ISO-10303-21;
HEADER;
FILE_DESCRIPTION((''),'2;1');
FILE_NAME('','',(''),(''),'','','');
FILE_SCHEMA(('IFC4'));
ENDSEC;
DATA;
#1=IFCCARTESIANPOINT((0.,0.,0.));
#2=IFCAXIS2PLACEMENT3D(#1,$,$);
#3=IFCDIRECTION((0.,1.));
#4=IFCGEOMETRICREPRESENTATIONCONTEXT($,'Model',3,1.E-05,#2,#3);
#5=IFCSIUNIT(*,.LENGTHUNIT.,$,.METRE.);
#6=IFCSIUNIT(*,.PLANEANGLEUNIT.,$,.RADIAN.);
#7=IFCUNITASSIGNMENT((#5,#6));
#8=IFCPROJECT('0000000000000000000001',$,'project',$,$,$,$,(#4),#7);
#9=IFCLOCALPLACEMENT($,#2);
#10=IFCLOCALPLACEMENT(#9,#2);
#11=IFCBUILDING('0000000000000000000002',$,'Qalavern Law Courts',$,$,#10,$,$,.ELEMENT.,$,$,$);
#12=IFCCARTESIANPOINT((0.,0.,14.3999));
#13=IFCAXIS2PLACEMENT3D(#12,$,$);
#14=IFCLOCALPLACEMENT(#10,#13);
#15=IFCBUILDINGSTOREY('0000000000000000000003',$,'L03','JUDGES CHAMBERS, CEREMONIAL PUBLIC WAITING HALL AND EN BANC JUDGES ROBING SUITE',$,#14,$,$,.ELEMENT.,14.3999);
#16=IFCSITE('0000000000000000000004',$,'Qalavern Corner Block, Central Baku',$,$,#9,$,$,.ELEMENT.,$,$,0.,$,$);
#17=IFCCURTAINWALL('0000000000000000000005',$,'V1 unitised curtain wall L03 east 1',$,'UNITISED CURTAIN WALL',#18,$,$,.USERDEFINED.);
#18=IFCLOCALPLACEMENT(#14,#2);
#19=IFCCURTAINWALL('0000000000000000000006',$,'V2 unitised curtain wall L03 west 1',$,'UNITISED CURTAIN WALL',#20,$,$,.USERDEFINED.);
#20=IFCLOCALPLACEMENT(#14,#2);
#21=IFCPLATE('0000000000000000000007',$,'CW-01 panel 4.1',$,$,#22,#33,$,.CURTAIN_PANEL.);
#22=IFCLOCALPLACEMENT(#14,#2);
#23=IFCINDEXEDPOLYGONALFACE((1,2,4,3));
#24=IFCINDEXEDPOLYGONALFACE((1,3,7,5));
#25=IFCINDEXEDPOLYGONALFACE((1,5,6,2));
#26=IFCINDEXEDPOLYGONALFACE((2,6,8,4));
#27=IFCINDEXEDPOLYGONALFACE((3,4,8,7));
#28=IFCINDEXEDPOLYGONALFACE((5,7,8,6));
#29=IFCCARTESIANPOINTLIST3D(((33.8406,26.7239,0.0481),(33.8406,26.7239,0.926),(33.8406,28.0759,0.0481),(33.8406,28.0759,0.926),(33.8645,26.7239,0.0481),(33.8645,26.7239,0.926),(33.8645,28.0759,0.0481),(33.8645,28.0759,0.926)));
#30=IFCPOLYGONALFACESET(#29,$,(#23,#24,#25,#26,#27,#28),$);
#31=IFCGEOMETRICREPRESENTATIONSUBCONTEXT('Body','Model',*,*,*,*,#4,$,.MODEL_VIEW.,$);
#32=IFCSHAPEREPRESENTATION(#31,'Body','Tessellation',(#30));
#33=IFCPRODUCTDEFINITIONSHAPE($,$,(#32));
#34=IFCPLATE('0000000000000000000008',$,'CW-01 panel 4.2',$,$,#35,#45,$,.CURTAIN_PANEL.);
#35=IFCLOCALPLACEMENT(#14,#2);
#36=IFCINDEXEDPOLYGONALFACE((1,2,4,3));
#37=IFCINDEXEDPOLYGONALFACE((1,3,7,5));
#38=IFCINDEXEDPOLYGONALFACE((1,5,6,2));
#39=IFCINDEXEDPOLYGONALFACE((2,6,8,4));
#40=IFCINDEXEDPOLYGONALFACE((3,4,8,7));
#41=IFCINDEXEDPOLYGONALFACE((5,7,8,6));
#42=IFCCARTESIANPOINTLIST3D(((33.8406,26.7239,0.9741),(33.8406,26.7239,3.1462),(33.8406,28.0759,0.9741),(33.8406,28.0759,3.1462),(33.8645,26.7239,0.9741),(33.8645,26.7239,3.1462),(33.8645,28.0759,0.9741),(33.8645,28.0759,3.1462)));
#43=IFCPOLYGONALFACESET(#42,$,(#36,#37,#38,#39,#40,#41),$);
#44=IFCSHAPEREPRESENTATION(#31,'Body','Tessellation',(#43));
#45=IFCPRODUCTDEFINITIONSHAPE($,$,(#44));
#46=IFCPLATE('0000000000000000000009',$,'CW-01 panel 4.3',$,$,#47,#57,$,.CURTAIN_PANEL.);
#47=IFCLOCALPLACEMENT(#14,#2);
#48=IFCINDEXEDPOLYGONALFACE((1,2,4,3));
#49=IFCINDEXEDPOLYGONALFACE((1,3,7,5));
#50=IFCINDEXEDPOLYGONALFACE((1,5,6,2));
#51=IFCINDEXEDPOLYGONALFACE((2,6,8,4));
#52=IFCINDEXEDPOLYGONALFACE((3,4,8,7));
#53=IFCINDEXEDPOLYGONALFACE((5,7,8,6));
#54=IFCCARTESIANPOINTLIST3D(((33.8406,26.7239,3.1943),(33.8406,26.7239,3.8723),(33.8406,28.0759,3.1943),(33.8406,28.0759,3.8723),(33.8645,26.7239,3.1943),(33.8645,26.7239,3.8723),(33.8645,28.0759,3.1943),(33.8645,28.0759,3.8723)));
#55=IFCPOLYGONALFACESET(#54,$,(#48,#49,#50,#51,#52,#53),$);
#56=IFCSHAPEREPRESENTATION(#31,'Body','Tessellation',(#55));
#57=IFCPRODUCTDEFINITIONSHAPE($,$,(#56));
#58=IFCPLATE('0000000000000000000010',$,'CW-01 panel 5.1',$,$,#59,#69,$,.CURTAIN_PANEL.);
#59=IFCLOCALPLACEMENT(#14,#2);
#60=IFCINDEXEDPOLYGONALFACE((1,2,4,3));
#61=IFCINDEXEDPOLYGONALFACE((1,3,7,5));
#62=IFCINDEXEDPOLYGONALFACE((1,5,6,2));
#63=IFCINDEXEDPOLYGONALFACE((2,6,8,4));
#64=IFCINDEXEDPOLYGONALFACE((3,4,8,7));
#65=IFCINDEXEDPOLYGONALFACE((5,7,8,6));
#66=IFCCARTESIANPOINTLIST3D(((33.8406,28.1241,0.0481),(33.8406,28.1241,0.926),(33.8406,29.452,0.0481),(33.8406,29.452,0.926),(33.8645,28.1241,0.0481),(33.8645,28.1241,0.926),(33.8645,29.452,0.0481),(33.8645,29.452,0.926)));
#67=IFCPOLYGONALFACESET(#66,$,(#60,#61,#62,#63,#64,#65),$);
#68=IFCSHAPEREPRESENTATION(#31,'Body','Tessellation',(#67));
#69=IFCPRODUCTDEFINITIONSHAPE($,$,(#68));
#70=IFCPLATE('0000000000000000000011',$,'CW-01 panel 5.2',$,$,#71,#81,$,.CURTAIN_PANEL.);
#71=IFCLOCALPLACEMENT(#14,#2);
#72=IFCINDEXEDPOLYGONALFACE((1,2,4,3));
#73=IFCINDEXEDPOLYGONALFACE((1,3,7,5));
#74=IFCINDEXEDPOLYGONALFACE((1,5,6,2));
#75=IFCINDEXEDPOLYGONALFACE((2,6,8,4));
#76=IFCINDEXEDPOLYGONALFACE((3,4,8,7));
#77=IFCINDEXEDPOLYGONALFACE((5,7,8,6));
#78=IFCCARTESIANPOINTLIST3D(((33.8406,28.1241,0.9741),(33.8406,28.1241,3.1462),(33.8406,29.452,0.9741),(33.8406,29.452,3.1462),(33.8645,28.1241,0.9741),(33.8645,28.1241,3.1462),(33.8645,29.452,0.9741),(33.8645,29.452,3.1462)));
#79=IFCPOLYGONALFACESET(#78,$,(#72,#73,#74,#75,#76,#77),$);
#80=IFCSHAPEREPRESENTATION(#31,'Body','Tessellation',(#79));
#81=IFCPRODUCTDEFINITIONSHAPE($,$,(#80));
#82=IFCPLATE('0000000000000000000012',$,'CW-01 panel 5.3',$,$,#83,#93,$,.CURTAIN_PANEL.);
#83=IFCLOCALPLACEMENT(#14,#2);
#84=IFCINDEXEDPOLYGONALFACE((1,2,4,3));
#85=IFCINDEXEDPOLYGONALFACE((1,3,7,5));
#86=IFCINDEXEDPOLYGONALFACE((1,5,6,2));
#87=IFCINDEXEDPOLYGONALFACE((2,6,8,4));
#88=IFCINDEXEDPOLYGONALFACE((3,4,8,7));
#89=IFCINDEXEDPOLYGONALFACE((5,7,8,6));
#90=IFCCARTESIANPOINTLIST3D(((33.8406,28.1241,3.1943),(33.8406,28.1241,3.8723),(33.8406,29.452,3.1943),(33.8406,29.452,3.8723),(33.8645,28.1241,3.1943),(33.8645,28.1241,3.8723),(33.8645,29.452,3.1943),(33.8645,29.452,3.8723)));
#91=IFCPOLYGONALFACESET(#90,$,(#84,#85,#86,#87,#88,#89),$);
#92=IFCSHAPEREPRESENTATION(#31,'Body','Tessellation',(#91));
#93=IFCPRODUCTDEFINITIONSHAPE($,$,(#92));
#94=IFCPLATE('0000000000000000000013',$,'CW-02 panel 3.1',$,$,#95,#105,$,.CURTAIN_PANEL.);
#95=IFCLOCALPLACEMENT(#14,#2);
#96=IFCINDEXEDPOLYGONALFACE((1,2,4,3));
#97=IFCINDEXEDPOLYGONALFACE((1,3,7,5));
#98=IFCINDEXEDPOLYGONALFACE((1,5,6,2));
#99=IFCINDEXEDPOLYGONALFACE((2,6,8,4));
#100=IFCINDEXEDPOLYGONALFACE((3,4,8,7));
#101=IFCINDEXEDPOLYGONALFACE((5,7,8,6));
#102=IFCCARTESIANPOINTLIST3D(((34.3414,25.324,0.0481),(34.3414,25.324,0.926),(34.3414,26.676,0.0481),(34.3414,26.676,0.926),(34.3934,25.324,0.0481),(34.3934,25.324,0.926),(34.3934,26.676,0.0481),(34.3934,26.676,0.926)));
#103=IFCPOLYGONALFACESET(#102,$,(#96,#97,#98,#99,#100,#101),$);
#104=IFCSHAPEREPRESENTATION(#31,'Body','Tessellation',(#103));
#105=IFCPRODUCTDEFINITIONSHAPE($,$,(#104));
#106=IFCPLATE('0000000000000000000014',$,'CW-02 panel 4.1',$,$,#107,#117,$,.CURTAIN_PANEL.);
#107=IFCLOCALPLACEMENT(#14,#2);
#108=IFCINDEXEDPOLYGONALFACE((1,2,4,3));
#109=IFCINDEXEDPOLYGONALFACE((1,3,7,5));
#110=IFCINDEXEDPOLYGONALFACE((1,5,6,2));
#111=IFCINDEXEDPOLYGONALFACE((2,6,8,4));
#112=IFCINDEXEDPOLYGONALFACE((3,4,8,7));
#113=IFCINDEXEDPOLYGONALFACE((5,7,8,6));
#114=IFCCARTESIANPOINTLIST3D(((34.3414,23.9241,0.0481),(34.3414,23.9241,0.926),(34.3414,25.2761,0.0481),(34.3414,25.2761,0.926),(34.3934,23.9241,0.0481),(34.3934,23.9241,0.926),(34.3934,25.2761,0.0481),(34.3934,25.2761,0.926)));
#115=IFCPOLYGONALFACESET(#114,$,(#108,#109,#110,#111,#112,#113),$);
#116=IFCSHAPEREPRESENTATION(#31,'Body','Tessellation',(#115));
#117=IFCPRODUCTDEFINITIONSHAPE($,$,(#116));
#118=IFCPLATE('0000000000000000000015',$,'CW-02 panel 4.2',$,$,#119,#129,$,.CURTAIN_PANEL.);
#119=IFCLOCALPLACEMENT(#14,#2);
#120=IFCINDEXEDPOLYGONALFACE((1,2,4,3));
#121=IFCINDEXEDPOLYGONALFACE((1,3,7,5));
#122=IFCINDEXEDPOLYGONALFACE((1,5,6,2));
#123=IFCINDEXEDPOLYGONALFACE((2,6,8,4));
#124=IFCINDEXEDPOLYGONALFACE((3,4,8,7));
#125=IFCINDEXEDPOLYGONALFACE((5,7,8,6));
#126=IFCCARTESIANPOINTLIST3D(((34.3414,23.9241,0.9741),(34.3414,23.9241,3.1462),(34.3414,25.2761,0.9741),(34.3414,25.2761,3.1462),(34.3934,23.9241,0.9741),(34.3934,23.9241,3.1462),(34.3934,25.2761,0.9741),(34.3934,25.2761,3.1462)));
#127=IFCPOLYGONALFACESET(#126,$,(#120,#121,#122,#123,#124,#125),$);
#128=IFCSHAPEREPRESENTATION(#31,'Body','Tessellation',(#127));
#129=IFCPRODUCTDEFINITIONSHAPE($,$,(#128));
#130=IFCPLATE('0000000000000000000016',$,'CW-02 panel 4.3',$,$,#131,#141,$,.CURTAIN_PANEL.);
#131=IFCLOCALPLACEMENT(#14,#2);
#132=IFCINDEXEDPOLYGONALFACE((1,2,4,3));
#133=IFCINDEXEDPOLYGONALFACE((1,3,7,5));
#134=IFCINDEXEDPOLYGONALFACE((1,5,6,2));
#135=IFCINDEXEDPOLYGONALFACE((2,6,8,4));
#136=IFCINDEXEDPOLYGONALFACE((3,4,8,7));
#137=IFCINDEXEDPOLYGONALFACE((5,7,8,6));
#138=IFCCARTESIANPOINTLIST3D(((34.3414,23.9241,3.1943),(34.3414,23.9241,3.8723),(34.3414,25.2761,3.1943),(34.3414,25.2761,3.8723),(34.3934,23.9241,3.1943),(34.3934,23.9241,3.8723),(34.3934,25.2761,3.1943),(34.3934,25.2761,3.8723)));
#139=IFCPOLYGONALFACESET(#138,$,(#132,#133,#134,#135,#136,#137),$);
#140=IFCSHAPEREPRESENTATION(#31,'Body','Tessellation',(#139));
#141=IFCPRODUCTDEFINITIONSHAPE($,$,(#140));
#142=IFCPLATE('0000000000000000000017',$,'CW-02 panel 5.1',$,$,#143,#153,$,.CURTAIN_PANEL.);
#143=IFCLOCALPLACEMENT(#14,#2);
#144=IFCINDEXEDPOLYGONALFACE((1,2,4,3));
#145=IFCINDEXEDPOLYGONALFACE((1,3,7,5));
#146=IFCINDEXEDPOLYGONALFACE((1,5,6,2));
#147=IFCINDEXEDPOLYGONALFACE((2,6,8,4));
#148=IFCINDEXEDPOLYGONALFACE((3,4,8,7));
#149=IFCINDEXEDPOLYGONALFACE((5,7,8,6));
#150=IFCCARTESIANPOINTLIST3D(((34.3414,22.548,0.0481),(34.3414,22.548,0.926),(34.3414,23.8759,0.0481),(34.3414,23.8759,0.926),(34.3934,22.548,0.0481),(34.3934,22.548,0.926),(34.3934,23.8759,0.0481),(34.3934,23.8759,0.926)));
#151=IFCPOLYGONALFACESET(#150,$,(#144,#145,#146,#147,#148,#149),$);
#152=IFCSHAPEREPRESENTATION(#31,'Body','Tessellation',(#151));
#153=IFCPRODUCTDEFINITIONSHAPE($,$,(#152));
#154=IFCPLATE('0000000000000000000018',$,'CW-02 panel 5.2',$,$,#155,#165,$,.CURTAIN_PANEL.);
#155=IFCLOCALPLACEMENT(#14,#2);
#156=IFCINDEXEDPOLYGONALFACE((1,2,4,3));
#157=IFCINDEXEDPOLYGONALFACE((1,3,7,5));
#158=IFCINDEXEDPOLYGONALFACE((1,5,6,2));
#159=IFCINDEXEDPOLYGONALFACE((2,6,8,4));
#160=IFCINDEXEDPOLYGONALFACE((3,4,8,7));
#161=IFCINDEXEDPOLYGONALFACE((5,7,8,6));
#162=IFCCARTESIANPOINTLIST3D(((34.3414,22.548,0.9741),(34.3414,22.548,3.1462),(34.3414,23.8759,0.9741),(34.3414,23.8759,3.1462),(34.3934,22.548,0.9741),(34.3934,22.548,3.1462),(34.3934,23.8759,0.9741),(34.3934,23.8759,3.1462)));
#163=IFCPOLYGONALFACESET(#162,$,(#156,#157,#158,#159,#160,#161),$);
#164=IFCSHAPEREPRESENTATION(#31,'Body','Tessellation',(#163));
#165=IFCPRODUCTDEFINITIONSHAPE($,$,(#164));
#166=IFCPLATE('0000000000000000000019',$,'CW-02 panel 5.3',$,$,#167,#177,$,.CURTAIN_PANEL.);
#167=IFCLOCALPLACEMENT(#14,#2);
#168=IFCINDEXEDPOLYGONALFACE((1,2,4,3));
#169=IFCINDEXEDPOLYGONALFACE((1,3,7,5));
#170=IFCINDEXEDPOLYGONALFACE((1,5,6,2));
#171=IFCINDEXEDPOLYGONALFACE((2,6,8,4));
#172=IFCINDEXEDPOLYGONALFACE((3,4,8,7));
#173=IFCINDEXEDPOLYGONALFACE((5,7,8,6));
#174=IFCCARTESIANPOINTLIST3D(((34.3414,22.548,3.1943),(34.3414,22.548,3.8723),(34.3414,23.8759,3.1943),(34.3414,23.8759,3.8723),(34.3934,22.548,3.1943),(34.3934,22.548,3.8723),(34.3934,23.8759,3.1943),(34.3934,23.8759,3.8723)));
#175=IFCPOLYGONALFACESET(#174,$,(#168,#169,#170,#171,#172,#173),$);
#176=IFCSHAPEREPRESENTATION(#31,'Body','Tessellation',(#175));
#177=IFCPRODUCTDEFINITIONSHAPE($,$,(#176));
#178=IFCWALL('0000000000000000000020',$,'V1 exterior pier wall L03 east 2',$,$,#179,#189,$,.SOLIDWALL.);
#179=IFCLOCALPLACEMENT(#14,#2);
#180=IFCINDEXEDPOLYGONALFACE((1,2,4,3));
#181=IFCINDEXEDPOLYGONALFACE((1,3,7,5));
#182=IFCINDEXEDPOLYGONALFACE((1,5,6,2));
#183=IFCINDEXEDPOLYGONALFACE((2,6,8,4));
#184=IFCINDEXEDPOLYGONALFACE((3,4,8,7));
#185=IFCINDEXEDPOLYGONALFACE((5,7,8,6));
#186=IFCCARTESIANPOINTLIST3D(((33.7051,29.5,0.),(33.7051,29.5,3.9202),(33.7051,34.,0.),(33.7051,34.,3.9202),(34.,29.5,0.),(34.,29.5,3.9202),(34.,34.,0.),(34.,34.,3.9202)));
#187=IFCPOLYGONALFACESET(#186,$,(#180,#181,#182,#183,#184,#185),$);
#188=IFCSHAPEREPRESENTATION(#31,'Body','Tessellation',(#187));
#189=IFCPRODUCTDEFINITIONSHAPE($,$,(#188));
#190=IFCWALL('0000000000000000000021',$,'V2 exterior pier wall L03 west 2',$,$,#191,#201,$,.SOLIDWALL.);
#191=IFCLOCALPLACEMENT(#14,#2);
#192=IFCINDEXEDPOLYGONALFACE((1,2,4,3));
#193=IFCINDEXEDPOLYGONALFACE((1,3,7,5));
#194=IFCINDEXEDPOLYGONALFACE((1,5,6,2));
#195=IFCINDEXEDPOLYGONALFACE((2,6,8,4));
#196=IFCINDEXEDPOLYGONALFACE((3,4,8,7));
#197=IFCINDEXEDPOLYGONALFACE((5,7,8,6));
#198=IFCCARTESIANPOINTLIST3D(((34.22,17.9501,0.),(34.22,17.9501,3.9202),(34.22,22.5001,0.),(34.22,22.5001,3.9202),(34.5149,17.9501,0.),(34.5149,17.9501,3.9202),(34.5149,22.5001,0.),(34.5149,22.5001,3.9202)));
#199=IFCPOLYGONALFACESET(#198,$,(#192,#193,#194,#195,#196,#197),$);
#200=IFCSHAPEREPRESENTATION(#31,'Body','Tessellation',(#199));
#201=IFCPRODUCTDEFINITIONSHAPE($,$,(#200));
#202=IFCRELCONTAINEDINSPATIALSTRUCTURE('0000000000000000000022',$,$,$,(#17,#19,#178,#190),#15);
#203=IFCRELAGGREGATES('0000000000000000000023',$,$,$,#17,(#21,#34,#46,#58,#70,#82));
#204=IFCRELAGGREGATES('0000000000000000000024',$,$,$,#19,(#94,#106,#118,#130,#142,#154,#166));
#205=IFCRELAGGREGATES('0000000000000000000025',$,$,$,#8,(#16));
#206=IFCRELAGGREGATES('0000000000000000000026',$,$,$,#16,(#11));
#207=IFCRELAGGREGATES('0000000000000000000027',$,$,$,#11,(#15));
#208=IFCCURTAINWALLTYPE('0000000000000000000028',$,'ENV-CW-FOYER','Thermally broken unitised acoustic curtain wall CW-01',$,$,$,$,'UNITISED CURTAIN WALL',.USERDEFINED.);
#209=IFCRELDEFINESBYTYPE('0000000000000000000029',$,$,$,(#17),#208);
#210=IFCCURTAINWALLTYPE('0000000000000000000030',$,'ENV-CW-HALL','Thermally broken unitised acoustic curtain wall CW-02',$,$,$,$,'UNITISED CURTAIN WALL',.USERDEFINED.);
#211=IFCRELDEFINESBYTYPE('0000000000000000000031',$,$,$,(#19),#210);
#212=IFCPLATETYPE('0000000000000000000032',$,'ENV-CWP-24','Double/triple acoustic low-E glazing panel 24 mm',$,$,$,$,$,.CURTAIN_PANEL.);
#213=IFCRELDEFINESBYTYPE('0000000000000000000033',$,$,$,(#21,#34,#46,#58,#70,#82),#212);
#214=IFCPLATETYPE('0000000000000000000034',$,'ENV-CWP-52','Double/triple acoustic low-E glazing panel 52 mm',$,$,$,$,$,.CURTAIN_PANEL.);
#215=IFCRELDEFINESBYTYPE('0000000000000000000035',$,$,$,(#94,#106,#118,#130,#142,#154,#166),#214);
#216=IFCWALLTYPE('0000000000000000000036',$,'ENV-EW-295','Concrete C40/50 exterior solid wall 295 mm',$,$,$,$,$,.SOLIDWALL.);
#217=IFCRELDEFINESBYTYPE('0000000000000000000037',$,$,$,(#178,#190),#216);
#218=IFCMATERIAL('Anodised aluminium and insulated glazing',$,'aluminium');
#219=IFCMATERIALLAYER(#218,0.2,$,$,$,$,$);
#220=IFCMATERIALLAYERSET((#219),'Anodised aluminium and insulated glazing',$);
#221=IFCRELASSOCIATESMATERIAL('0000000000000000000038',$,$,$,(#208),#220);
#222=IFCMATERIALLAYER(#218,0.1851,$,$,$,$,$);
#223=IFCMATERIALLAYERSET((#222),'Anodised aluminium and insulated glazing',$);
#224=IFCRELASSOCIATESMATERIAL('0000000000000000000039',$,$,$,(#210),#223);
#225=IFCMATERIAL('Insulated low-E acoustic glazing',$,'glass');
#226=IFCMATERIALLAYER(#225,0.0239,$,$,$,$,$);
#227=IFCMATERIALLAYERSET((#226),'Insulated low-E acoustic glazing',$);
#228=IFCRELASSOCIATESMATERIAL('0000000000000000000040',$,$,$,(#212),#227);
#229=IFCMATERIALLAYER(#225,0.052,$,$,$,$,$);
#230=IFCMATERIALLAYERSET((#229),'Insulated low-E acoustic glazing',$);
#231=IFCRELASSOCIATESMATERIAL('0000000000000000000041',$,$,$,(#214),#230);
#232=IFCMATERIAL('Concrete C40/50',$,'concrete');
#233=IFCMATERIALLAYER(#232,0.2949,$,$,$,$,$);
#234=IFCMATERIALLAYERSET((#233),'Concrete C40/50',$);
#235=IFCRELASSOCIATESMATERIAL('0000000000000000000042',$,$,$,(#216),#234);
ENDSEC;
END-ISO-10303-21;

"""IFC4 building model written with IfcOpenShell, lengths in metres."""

from ifc_helpers import new_model, si_unit, direction, frame, frame_2d, origin, origin_2d, place, context, subcontext, project, spatial, rectangle, extrude, material, layer, layer_set, type_object, element, aggregate, save


model = new_model("IFC4")

# Units and contexts
model_context = context("Model", 3, precision=1e-05, world=origin(), true_north=direction((0.0, 1.0)))
body_context = subcontext(model_context, "Body", "Model", "MODEL_VIEW")
ifc_project = project(units=[si_unit("LENGTHUNIT", "METRE"), si_unit("PLANEANGLEUNIT", "RADIAN")], contexts=[model_context])

# Site, building, storey
site_placement = place(None, origin())
site = spatial("IfcSite", under=ifc_project, at=site_placement, Name="Qalavern Corner Block, Central Baku", CompositionType="ELEMENT", RefElevation=0.0)
building_placement = place(site_placement, origin())
building = spatial("IfcBuilding", under=site, at=building_placement, Name="Qalavern Law Courts", CompositionType="ELEMENT")
storey_placement = place(building_placement, frame((0.0, 0.0, 14.3999)))
storey = spatial("IfcBuildingStorey", under=building, at=storey_placement, Name="L03", Description="JUDGES CHAMBERS, CEREMONIAL PUBLIC WAITING HALL AND EN BANC JUDGES ROBING SUITE", CompositionType="ELEMENT", Elevation=14.3999)

# Curtain walls
ifc_material_1 = material(Name="Anodised aluminium and insulated glazing", Category="aluminium")
ifc_layer_1 = layer(ifc_material_1, 0.2)
ifc_layer_set_1 = layer_set([ifc_layer_1], Name="Anodised aluminium and insulated glazing")
curtain_wall_type_1 = type_object("IfcCurtainWallType", Name="ENV-CW-FOYER", Description="Thermally broken unitised acoustic curtain wall CW-01", ElementType="UNITISED CURTAIN WALL", PredefinedType="USERDEFINED", material=ifc_layer_set_1)
curtain_wall_1_placement = place(storey_placement, origin())
curtain_wall_1 = element("IfcCurtainWall", 1, at=curtain_wall_1_placement, inside=storey, type_object=curtain_wall_type_1, Name="V1 unitised curtain wall L03 east 1", ObjectType="UNITISED CURTAIN WALL", PredefinedType="USERDEFINED")
ifc_layer_2 = layer(ifc_material_1, 0.1851)
ifc_layer_set_2 = layer_set([ifc_layer_2], Name="Anodised aluminium and insulated glazing")
curtain_wall_type_2 = type_object("IfcCurtainWallType", Name="ENV-CW-HALL", Description="Thermally broken unitised acoustic curtain wall CW-02", ElementType="UNITISED CURTAIN WALL", PredefinedType="USERDEFINED", material=ifc_layer_set_2)
curtain_wall_2_placement = place(storey_placement, origin())
curtain_wall_2 = element("IfcCurtainWall", 2, at=curtain_wall_2_placement, inside=storey, type_object=curtain_wall_type_2, Name="V2 unitised curtain wall L03 west 1", ObjectType="UNITISED CURTAIN WALL", PredefinedType="USERDEFINED")

# Plates
ifc_material_2 = material(Name="Insulated low-E acoustic glazing", Category="glass")
ifc_layer_3 = layer(ifc_material_2, 0.0239)
ifc_layer_set_3 = layer_set([ifc_layer_3], Name="Insulated low-E acoustic glazing")
plate_type_1 = type_object("IfcPlateType", Name="ENV-CWP-24", Description="Double/triple acoustic low-E glazing panel 24 mm", PredefinedType="CURTAIN_PANEL", material=ifc_layer_set_3)
plate_1_placement = place(storey_placement, frame((33.8525, 27.3999, 0.0481), z_axis=(0.0, 0.0, 1.0), x_axis=(0.0, 1.0, 0.0)))
plate_1 = element("IfcPlate", 3, at=plate_1_placement, type_object=plate_type_1, Name="CW-01 panel 4.1", PredefinedType="CURTAIN_PANEL", context=body_context, shape_type="SweptSolid", body=[
    extrude(rectangle(XDim=1.3521, YDim=0.0239, at=origin_2d()), origin(), (0.0, 0.0, 1.0), 0.8779),
])
plate_2_placement = place(storey_placement, frame((33.8525, 27.3999, 0.9741), z_axis=(0.0, 0.0, 1.0), x_axis=(0.0, 1.0, 0.0)))
plate_2 = element("IfcPlate", 4, at=plate_2_placement, type_object=plate_type_1, Name="CW-01 panel 4.2", PredefinedType="CURTAIN_PANEL", context=body_context, shape_type="SweptSolid", body=[
    extrude(rectangle(XDim=1.3521, YDim=0.0239, at=origin_2d()), origin(), (0.0, 0.0, 1.0), 2.1721),
])
plate_3_placement = place(storey_placement, frame((33.8525, 27.3999, 3.1943), z_axis=(0.0, 0.0, 1.0), x_axis=(0.0, 1.0, 0.0)))
plate_3 = element("IfcPlate", 5, at=plate_3_placement, type_object=plate_type_1, Name="CW-01 panel 4.3", PredefinedType="CURTAIN_PANEL", context=body_context, shape_type="SweptSolid", body=[
    extrude(rectangle(XDim=1.3521, YDim=0.0239, at=origin_2d()), origin(), (0.0, 0.0, 1.0), 0.678),
])
plate_4_placement = place(storey_placement, frame((33.8525, 28.7881, 0.0481), z_axis=(0.0, 0.0, 1.0), x_axis=(0.0, 1.0, 0.0)))
plate_4 = element("IfcPlate", 6, at=plate_4_placement, type_object=plate_type_1, Name="CW-01 panel 5.1", PredefinedType="CURTAIN_PANEL", context=body_context, shape_type="SweptSolid", body=[
    extrude(rectangle(XDim=1.3279, YDim=0.0239, at=origin_2d()), origin(), (0.0, 0.0, 1.0), 0.8779),
])
plate_5_placement = place(storey_placement, frame((33.8525, 28.7881, 0.9741), z_axis=(0.0, 0.0, 1.0), x_axis=(0.0, 1.0, 0.0)))
plate_5 = element("IfcPlate", 7, at=plate_5_placement, type_object=plate_type_1, Name="CW-01 panel 5.2", PredefinedType="CURTAIN_PANEL", context=body_context, shape_type="SweptSolid", body=[
    extrude(rectangle(XDim=1.3279, YDim=0.0239, at=origin_2d()), origin(), (0.0, 0.0, 1.0), 2.1721),
])
plate_6_placement = place(storey_placement, frame((33.8525, 28.7881, 3.1943), z_axis=(0.0, 0.0, 1.0), x_axis=(0.0, 1.0, 0.0)))
plate_6 = element("IfcPlate", 8, at=plate_6_placement, type_object=plate_type_1, Name="CW-01 panel 5.3", PredefinedType="CURTAIN_PANEL", context=body_context, shape_type="SweptSolid", body=[
    extrude(rectangle(XDim=1.3279, YDim=0.0239, at=origin_2d()), origin(), (0.0, 0.0, 1.0), 0.678),
])
aggregate(curtain_wall_1, [plate_1, plate_2, plate_3, plate_4, plate_5, plate_6])
ifc_layer_4 = layer(ifc_material_2, 0.052)
ifc_layer_set_4 = layer_set([ifc_layer_4], Name="Insulated low-E acoustic glazing")
plate_type_2 = type_object("IfcPlateType", Name="ENV-CWP-52", Description="Double/triple acoustic low-E glazing panel 52 mm", PredefinedType="CURTAIN_PANEL", material=ifc_layer_set_4)
plate_7_placement = place(storey_placement, frame((34.3674, 26.0, 0.0481), z_axis=(0.0, 0.0, 1.0), x_axis=(0.0, -1.0, 0.0)))
plate_7 = element("IfcPlate", 9, at=plate_7_placement, type_object=plate_type_2, Name="CW-02 panel 3.1", PredefinedType="CURTAIN_PANEL", context=body_context, shape_type="SweptSolid", body=[
    extrude(rectangle(XDim=1.3521, YDim=0.052, at=origin_2d()), origin(), (0.0, 0.0, 1.0), 0.8779),
])
plate_8_placement = place(storey_placement, frame((34.3674, 24.6001, 0.0481), z_axis=(0.0, 0.0, 1.0), x_axis=(0.0, -1.0, 0.0)))
plate_8 = element("IfcPlate", 10, at=plate_8_placement, type_object=plate_type_2, Name="CW-02 panel 4.1", PredefinedType="CURTAIN_PANEL", context=body_context, shape_type="SweptSolid", body=[
    extrude(rectangle(XDim=1.3521, YDim=0.052, at=origin_2d()), origin(), (0.0, 0.0, 1.0), 0.8779),
])
plate_9_placement = place(storey_placement, frame((34.3674, 24.6001, 0.9741), z_axis=(0.0, 0.0, 1.0), x_axis=(0.0, -1.0, 0.0)))
plate_9 = element("IfcPlate", 11, at=plate_9_placement, type_object=plate_type_2, Name="CW-02 panel 4.2", PredefinedType="CURTAIN_PANEL", context=body_context, shape_type="SweptSolid", body=[
    extrude(rectangle(XDim=1.3521, YDim=0.052, at=origin_2d()), origin(), (0.0, 0.0, 1.0), 2.1721),
])
plate_10_placement = place(storey_placement, frame((34.3674, 24.6001, 3.1943), z_axis=(0.0, 0.0, 1.0), x_axis=(0.0, -1.0, 0.0)))
plate_10 = element("IfcPlate", 12, at=plate_10_placement, type_object=plate_type_2, Name="CW-02 panel 4.3", PredefinedType="CURTAIN_PANEL", context=body_context, shape_type="SweptSolid", body=[
    extrude(rectangle(XDim=1.3521, YDim=0.052, at=origin_2d()), origin(), (0.0, 0.0, 1.0), 0.678),
])
plate_11_placement = place(storey_placement, frame((34.3674, 23.2119, 0.0481), z_axis=(0.0, 0.0, 1.0), x_axis=(0.0, -1.0, 0.0)))
plate_11 = element("IfcPlate", 13, at=plate_11_placement, type_object=plate_type_2, Name="CW-02 panel 5.1", PredefinedType="CURTAIN_PANEL", context=body_context, shape_type="SweptSolid", body=[
    extrude(rectangle(XDim=1.3279, YDim=0.052, at=origin_2d()), origin(), (0.0, 0.0, 1.0), 0.8779),
])
plate_12_placement = place(storey_placement, frame((34.3674, 23.2119, 0.9741), z_axis=(0.0, 0.0, 1.0), x_axis=(0.0, -1.0, 0.0)))
plate_12 = element("IfcPlate", 14, at=plate_12_placement, type_object=plate_type_2, Name="CW-02 panel 5.2", PredefinedType="CURTAIN_PANEL", context=body_context, shape_type="SweptSolid", body=[
    extrude(rectangle(XDim=1.3279, YDim=0.052, at=origin_2d()), origin(), (0.0, 0.0, 1.0), 2.1721),
])
plate_13_placement = place(storey_placement, frame((34.3674, 23.2119, 3.1943), z_axis=(0.0, 0.0, 1.0), x_axis=(0.0, -1.0, 0.0)))
plate_13 = element("IfcPlate", 15, at=plate_13_placement, type_object=plate_type_2, Name="CW-02 panel 5.3", PredefinedType="CURTAIN_PANEL", context=body_context, shape_type="SweptSolid", body=[
    extrude(rectangle(XDim=1.3279, YDim=0.052, at=origin_2d()), origin(), (0.0, 0.0, 1.0), 0.678),
])
aggregate(curtain_wall_2, [plate_7, plate_8, plate_9, plate_10, plate_11, plate_12, plate_13])

# Walls
ifc_material_3 = material(Name="Concrete C40/50", Category="concrete")
ifc_layer_5 = layer(ifc_material_3, 0.2949)
ifc_layer_set_5 = layer_set([ifc_layer_5], Name="Concrete C40/50")
wall_type = type_object("IfcWallType", Name="ENV-EW-295", Description="Concrete C40/50 exterior solid wall 295 mm", PredefinedType="SOLIDWALL", material=ifc_layer_set_5)
wall_1_placement = place(storey_placement, frame((33.8525, 29.5, 0.0), z_axis=(0.0, 0.0, 1.0), x_axis=(0.0, 1.0, 0.0)))
element("IfcWall", 16, at=wall_1_placement, inside=storey, type_object=wall_type, Name="V1 exterior pier wall L03 east 2", PredefinedType="SOLIDWALL", context=body_context, shape_type="SweptSolid", body=[
    extrude(rectangle(XDim=4.5, YDim=0.2949, at=frame_2d((2.25, 0.0))), origin(), (0.0, 0.0, 1.0), 3.9202),
])
wall_2_placement = place(storey_placement, frame((34.3674, 22.5, 0.0), z_axis=(0.0, 0.0, 1.0), x_axis=(0.0, -1.0, 0.0)))
element("IfcWall", 17, at=wall_2_placement, inside=storey, type_object=wall_type, Name="V2 exterior pier wall L03 west 2", PredefinedType="SOLIDWALL", context=body_context, shape_type="SweptSolid", body=[
    extrude(rectangle(XDim=4.55, YDim=0.2949, at=frame_2d((2.2749, 0.0))), origin(), (0.0, 0.0, 1.0), 3.9202),
])

save(model, "model.ifc")
